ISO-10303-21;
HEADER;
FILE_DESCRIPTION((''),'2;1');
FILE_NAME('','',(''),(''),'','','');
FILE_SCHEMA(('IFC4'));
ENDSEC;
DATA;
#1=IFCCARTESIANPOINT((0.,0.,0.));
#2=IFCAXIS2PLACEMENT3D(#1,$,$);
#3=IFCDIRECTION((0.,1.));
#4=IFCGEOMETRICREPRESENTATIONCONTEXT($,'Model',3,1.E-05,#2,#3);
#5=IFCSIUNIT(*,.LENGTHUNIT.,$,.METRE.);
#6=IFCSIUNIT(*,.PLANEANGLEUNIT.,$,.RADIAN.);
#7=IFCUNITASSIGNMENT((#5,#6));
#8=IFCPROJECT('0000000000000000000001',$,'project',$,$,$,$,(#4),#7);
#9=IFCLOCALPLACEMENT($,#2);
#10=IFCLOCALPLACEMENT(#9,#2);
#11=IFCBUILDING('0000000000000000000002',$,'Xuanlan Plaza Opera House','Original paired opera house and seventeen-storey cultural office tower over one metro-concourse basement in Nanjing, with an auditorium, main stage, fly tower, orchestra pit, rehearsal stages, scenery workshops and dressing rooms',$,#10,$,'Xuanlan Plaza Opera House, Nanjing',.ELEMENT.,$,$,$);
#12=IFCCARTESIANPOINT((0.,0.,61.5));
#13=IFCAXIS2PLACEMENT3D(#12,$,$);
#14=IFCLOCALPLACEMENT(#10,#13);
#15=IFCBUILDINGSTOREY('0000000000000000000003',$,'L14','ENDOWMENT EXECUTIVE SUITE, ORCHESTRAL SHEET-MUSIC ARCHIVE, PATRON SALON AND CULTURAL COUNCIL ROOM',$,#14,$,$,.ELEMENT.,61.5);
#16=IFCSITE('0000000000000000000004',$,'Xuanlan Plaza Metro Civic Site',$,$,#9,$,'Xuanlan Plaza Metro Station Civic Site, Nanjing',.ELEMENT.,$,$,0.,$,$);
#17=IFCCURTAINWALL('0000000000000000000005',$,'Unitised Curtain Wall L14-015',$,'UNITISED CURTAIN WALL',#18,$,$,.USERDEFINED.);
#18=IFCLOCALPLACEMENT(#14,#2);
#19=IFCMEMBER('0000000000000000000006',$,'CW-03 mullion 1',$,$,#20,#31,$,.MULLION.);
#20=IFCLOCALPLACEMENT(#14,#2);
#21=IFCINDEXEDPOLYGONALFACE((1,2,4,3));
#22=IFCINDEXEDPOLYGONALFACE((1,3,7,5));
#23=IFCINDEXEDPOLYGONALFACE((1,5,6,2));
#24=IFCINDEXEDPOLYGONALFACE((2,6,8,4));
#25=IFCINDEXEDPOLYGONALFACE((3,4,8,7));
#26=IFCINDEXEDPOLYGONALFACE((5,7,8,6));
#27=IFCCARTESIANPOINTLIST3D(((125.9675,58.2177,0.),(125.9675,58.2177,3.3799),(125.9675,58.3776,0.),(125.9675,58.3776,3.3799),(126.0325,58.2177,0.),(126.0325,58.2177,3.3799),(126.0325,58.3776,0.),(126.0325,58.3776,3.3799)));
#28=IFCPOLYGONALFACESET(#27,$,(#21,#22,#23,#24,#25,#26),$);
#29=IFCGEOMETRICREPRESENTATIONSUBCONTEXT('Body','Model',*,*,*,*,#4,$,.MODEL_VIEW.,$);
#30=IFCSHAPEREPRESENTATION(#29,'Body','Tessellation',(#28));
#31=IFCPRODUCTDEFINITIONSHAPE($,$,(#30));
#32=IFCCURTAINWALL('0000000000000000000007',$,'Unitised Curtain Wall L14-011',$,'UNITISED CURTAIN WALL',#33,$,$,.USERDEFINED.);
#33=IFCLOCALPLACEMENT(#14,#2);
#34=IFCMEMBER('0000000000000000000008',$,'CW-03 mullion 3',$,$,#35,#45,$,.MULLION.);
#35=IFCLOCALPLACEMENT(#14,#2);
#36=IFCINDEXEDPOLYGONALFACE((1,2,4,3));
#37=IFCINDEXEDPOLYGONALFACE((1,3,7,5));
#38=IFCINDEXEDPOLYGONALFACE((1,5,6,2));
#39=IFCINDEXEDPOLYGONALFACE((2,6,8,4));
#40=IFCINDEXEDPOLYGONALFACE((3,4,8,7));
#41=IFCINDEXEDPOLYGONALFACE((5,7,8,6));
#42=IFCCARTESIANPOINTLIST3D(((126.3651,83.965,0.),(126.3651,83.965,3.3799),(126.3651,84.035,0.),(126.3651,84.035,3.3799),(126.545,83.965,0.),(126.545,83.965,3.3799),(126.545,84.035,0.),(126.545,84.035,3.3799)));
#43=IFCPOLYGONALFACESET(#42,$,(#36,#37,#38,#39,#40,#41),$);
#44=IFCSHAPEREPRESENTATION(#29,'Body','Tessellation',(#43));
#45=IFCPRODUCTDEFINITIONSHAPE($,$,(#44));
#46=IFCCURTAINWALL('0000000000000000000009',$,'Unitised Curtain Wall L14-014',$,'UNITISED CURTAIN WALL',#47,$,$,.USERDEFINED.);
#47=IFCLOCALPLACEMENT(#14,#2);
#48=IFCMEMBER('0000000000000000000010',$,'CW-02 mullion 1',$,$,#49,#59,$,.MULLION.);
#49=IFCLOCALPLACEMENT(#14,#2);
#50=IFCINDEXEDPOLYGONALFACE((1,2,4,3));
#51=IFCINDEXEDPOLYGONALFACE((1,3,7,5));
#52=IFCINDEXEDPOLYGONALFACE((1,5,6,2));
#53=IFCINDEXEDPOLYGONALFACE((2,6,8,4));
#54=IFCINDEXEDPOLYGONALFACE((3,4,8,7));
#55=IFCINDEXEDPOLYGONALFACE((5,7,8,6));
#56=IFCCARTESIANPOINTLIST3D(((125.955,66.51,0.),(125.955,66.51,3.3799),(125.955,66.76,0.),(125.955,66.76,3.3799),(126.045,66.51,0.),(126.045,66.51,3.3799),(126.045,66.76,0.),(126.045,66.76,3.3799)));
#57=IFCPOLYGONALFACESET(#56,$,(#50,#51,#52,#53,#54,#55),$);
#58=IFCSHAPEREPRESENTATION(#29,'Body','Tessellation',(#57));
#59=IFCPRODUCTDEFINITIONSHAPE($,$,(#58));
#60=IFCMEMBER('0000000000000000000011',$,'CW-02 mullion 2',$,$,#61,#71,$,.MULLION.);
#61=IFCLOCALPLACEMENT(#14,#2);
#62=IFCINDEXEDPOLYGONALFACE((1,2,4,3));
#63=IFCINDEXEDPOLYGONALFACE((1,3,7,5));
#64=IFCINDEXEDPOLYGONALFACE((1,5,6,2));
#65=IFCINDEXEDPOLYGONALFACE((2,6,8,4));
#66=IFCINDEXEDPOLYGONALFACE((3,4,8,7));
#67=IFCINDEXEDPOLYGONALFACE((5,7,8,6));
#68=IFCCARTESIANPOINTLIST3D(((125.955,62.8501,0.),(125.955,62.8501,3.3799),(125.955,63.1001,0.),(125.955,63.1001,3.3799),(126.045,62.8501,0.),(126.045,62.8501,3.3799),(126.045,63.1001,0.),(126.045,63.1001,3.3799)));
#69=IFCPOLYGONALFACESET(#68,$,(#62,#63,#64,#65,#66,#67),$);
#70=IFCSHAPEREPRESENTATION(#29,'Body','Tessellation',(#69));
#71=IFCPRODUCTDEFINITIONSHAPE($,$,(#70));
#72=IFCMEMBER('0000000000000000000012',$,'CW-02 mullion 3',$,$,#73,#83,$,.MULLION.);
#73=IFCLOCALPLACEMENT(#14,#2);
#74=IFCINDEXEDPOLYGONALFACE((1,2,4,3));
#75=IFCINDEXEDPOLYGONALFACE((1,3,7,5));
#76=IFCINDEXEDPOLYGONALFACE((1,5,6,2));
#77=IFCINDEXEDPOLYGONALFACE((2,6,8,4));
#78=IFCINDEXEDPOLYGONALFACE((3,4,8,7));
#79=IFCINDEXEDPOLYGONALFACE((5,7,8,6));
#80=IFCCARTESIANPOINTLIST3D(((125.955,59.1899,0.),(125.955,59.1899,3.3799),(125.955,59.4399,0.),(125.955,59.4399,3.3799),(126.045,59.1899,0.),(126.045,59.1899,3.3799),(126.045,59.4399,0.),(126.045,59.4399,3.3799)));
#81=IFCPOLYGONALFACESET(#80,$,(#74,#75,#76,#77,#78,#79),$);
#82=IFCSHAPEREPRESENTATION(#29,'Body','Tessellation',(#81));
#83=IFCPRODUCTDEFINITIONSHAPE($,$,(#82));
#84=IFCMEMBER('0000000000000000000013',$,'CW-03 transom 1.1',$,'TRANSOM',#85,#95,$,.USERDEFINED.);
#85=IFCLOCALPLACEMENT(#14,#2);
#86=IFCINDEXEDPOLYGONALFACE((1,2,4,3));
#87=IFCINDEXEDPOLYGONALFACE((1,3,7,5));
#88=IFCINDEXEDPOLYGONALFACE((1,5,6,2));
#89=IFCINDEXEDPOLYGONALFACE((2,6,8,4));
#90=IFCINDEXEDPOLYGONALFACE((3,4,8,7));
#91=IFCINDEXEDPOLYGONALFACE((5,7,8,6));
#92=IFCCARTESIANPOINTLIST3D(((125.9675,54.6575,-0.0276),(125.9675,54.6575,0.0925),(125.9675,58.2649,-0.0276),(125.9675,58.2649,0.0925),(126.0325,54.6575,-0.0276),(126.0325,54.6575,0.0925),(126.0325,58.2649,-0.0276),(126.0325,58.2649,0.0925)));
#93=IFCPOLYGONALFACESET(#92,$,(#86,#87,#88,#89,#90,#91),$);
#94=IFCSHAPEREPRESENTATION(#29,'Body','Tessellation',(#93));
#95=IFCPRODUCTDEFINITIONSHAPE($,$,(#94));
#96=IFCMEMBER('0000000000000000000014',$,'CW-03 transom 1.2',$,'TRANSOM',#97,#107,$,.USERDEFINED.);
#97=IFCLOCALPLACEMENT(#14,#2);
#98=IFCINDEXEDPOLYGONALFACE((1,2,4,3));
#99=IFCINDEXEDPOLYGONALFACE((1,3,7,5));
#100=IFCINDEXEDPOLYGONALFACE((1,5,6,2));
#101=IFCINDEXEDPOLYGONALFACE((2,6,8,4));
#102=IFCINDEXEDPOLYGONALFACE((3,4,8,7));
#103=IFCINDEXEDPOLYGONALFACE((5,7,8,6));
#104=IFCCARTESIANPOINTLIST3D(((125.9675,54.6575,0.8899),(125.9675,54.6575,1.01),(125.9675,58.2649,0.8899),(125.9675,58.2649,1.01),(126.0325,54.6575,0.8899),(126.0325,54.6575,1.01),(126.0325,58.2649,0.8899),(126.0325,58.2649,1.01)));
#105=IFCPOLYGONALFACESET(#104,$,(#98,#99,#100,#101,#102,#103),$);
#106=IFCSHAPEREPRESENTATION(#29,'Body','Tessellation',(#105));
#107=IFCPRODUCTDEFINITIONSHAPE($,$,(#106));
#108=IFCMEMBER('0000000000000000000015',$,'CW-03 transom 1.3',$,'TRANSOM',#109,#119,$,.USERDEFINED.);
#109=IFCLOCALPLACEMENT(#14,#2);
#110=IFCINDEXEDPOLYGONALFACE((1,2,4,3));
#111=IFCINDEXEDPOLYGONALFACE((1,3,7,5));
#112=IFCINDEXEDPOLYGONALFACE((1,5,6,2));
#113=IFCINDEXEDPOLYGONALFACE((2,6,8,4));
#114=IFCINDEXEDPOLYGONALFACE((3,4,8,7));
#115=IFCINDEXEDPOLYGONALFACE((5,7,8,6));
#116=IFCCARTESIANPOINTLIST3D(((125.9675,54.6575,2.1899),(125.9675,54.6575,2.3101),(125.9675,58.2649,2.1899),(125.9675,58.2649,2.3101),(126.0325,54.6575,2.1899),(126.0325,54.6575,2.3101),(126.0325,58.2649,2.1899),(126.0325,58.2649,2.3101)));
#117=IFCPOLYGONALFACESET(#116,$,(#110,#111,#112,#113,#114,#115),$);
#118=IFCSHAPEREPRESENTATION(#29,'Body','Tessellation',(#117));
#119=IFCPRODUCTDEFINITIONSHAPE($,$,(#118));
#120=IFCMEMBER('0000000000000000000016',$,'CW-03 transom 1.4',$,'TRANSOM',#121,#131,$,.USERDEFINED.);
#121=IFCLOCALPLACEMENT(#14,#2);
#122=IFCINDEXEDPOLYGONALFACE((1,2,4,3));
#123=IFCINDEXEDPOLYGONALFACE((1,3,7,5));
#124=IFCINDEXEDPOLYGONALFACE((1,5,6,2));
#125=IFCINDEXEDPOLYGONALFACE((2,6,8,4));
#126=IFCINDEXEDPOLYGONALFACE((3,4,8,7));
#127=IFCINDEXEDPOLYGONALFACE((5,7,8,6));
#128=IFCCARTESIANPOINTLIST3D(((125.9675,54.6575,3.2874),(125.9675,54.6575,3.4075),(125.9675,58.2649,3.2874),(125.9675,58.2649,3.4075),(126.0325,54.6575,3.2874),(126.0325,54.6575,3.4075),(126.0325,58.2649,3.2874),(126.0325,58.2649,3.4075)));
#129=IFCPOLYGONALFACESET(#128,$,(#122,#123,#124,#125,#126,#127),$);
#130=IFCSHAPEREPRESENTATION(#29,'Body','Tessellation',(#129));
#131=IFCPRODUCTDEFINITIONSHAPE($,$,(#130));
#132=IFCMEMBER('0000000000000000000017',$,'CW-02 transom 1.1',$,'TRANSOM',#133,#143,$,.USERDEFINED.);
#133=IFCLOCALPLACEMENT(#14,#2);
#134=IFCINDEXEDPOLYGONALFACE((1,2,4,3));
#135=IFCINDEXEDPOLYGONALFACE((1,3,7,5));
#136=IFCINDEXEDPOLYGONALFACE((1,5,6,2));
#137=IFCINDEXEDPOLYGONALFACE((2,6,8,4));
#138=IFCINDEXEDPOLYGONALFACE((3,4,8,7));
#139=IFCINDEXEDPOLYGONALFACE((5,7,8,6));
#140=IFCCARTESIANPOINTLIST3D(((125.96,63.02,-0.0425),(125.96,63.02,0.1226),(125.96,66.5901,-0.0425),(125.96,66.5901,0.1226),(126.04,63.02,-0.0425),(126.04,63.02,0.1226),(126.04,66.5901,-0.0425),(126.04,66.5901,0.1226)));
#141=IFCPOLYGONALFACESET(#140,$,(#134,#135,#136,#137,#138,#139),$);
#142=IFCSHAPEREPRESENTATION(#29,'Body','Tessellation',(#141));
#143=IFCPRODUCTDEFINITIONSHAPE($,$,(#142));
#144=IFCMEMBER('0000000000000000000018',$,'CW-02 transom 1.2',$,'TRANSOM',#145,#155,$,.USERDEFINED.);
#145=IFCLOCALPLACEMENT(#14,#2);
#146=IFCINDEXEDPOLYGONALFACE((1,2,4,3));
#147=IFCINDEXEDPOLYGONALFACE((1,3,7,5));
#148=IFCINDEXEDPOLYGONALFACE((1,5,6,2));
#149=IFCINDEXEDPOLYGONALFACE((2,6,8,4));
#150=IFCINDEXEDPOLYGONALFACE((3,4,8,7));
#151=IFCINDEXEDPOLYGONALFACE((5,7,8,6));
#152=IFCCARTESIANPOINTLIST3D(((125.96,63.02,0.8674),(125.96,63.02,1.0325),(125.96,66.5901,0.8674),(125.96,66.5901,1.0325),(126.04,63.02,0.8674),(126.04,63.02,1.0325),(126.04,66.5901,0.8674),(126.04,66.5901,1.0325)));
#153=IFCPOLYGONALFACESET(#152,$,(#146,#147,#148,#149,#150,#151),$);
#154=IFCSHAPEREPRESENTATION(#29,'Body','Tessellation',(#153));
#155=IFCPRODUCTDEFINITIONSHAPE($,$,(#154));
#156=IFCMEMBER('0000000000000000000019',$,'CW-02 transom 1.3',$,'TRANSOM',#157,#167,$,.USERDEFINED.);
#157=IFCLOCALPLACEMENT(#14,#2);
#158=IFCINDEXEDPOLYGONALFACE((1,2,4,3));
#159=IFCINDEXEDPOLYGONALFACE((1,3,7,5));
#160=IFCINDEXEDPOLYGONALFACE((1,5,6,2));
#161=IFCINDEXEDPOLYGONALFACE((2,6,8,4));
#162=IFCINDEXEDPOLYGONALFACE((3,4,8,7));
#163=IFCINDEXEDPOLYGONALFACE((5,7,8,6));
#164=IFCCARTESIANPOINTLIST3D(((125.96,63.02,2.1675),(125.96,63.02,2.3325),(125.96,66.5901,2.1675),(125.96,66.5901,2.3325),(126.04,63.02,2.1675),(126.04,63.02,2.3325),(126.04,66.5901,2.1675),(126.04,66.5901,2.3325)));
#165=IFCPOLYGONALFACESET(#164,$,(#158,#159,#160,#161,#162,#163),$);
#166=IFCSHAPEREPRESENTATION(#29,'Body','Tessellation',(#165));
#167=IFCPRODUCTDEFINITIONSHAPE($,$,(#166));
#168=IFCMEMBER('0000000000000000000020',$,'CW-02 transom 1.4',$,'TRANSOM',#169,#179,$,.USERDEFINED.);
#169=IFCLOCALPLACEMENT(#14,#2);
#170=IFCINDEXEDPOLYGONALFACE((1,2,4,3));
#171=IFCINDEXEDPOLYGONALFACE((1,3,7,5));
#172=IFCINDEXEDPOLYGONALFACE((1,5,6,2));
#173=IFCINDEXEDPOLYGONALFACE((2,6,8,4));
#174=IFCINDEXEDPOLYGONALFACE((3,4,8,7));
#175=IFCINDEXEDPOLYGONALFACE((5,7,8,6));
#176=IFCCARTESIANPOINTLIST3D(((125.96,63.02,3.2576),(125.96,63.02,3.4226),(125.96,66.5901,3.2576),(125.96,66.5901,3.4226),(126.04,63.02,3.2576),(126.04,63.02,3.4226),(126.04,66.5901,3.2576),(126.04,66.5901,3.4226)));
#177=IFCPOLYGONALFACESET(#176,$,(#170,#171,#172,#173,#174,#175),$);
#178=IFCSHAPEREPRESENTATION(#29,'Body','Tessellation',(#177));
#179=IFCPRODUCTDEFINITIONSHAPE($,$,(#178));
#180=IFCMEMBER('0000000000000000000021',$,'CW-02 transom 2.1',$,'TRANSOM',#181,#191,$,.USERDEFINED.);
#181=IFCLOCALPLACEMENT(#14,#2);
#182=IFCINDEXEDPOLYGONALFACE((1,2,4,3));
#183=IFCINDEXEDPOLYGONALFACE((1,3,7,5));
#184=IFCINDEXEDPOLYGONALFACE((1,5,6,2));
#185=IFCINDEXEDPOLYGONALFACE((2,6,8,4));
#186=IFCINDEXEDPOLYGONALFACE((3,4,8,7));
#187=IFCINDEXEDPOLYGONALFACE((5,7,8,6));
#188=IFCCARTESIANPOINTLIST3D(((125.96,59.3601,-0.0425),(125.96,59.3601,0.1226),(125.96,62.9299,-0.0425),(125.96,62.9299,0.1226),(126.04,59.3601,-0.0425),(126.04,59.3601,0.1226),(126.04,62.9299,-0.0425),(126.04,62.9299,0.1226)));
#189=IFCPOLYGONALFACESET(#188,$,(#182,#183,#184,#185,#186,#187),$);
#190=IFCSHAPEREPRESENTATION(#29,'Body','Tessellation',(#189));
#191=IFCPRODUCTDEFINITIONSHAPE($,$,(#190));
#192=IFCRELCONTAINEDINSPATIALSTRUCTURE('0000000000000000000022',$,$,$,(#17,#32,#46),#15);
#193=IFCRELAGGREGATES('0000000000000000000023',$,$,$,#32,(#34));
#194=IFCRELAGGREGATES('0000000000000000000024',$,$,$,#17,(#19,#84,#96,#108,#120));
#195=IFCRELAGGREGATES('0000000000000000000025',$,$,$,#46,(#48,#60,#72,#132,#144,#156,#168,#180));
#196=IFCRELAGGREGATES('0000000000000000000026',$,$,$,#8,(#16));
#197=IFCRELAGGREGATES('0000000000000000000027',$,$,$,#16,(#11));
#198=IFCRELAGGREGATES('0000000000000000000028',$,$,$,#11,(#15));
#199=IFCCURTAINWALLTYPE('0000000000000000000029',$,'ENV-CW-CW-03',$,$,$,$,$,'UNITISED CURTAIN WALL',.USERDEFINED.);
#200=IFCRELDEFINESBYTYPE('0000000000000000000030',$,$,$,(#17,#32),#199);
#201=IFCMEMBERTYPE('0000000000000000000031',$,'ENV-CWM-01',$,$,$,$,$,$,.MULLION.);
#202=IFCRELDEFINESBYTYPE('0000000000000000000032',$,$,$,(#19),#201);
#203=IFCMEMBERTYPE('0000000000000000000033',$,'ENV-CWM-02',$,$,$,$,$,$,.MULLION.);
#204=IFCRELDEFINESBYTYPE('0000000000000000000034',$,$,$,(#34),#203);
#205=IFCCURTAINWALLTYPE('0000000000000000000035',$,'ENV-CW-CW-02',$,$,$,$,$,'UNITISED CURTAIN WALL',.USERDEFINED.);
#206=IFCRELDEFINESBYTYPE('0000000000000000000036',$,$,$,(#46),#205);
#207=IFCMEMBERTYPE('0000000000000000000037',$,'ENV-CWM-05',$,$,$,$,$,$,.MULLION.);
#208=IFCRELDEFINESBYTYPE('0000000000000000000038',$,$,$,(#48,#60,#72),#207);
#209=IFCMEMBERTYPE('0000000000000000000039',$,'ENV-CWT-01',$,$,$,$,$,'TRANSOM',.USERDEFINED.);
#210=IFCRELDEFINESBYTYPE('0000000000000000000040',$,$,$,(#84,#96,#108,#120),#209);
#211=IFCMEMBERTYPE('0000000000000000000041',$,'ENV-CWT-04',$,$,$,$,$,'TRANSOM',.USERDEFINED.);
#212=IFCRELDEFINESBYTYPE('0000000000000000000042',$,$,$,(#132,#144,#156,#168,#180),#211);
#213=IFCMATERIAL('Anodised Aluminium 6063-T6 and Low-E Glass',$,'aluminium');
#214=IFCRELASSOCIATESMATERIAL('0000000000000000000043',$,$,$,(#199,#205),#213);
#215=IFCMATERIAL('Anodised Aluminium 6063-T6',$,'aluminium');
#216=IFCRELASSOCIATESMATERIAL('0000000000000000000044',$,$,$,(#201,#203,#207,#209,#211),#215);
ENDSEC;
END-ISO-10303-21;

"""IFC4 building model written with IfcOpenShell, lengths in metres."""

from ifc_helpers import new_model, si_unit, direction, frame, origin, origin_2d, place, context, subcontext, project, spatial, rectangle, extrude, material, material_profile, profile_set, type_object, element, aggregate, save


model = new_model("IFC4")

# Units and contexts
model_context = context("Model", 3, precision=1e-05, world=origin(), true_north=direction((0.0, 1.0)))
body_context = subcontext(model_context, "Body", "Model", "MODEL_VIEW")
ifc_project = project(units=[si_unit("LENGTHUNIT", "METRE"), si_unit("PLANEANGLEUNIT", "RADIAN")], contexts=[model_context])

# Site, building, storey
site_placement = place(None, origin())
site = spatial("IfcSite", under=ifc_project, at=site_placement, Name="Xuanlan Plaza Metro Civic Site", LongName="Xuanlan Plaza Metro Station Civic Site, Nanjing", CompositionType="ELEMENT", RefElevation=0.0)
building_placement = place(site_placement, origin())
building = spatial("IfcBuilding", under=site, at=building_placement, Name="Xuanlan Plaza Opera House", Description="Original paired opera house and seventeen-storey cultural office tower over one metro-concourse basement in Nanjing, with an auditorium, main stage, fly tower, orchestra pit, rehearsal stages, scenery workshops and dressing rooms", LongName="Xuanlan Plaza Opera House, Nanjing", CompositionType="ELEMENT")
storey_placement = place(building_placement, frame((0.0, 0.0, 61.5)))
storey = spatial("IfcBuildingStorey", under=building, at=storey_placement, Name="L14", Description="ENDOWMENT EXECUTIVE SUITE, ORCHESTRAL SHEET-MUSIC ARCHIVE, PATRON SALON AND CULTURAL COUNCIL ROOM", CompositionType="ELEMENT", Elevation=61.5)

# Curtain walls, members
ifc_material_1 = material(Name="Anodised Aluminium 6063-T6 and Low-E Glass", Category="aluminium")
curtain_wall_type_1 = type_object("IfcCurtainWallType", Name="ENV-CW-CW-03", ElementType="UNITISED CURTAIN WALL", PredefinedType="USERDEFINED", material=ifc_material_1)
curtain_wall_1_placement = place(storey_placement, origin())
curtain_wall_1 = element("IfcCurtainWall", 1, at=curtain_wall_1_placement, inside=storey, type_object=curtain_wall_type_1, Name="Unitised Curtain Wall L14-015", ObjectType="UNITISED CURTAIN WALL", PredefinedType="USERDEFINED")
ifc_material_2 = material(Name="Anodised Aluminium 6063-T6", Category="aluminium")
ifc_material_profile_1 = material_profile(ifc_material_2, rectangle(XDim=0.0649, YDim=0.1599, at=origin_2d()), Name="ALU-M 65x160")
ifc_profile_set_1 = profile_set([ifc_material_profile_1], Name="Anodised Aluminium 6063-T6")
member_type_1 = type_object("IfcMemberType", Name="ENV-CWM-01", PredefinedType="MULLION", material=ifc_profile_set_1)
member_1_placement = place(storey_placement, frame((126.0, 58.2976, 0.0), z_axis=(0.0, 0.0, 1.0), x_axis=(1.0, 0.0, 0.0)))
member_1 = element("IfcMember", 2, at=member_1_placement, type_object=member_type_1, Name="CW-03 mullion 1", PredefinedType="MULLION", context=body_context, shape_type="SweptSolid", body=[
    extrude(rectangle(XDim=0.0649, YDim=0.1599, at=origin_2d()), origin(), (0.0, 0.0, 1.0), 3.3799),
])
curtain_wall_2_placement = place(storey_placement, origin())
curtain_wall_2 = element("IfcCurtainWall", 3, at=curtain_wall_2_placement, inside=storey, type_object=curtain_wall_type_1, Name="Unitised Curtain Wall L14-011", ObjectType="UNITISED CURTAIN WALL", PredefinedType="USERDEFINED")
ifc_material_profile_2 = material_profile(ifc_material_2, rectangle(XDim=0.0701, YDim=0.1799, at=origin_2d()), Name="ALU-M 70x180")
ifc_profile_set_2 = profile_set([ifc_material_profile_2], Name="Anodised Aluminium 6063-T6")
member_type_2 = type_object("IfcMemberType", Name="ENV-CWM-02", PredefinedType="MULLION", material=ifc_profile_set_2)
member_2_placement = place(storey_placement, frame((126.4551, 84.0, 0.0), z_axis=(0.0, 0.0, 1.0), x_axis=(0.0, -1.0, 0.0)))
member_2 = element("IfcMember", 4, at=member_2_placement, type_object=member_type_2, Name="CW-03 mullion 3", PredefinedType="MULLION", context=body_context, shape_type="SweptSolid", body=[
    extrude(rectangle(XDim=0.0701, YDim=0.1799, at=origin_2d()), origin(), (0.0, 0.0, 1.0), 3.3799),
])
aggregate(curtain_wall_2, [member_2])

# Curtain wall, members
curtain_wall_type_2 = type_object("IfcCurtainWallType", Name="ENV-CW-CW-02", ElementType="UNITISED CURTAIN WALL", PredefinedType="USERDEFINED", material=ifc_material_1)
curtain_wall_3_placement = place(storey_placement, origin())
curtain_wall_3 = element("IfcCurtainWall", 5, at=curtain_wall_3_placement, inside=storey, type_object=curtain_wall_type_2, Name="Unitised Curtain Wall L14-014", ObjectType="UNITISED CURTAIN WALL", PredefinedType="USERDEFINED")
ifc_material_profile_3 = material_profile(ifc_material_2, rectangle(XDim=0.0901, YDim=0.25, at=origin_2d()), Name="ALU-M 90x250")
ifc_profile_set_3 = profile_set([ifc_material_profile_3], Name="Anodised Aluminium 6063-T6")
member_type_3 = type_object("IfcMemberType", Name="ENV-CWM-05", PredefinedType="MULLION", material=ifc_profile_set_3)
member_3_placement = place(storey_placement, frame((126.0, 66.635, 0.0), z_axis=(0.0, 0.0, 1.0), x_axis=(1.0, 0.0, 0.0)))
member_3 = element("IfcMember", 6, at=member_3_placement, type_object=member_type_3, Name="CW-02 mullion 1", PredefinedType="MULLION", context=body_context, shape_type="SweptSolid", body=[
    extrude(rectangle(XDim=0.0901, YDim=0.25, at=origin_2d()), origin(), (0.0, 0.0, 1.0), 3.3799),
])
member_4_placement = place(storey_placement, frame((126.0, 62.9751, 0.0), z_axis=(0.0, 0.0, 1.0), x_axis=(1.0, 0.0, 0.0)))
member_4 = element("IfcMember", 7, at=member_4_placement, type_object=member_type_3, Name="CW-02 mullion 2", PredefinedType="MULLION", context=body_context, shape_type="SweptSolid", body=[
    extrude(rectangle(XDim=0.0901, YDim=0.25, at=origin_2d()), origin(), (0.0, 0.0, 1.0), 3.3799),
])
member_5_placement = place(storey_placement, frame((126.0, 59.3149, 0.0), z_axis=(0.0, 0.0, 1.0), x_axis=(1.0, 0.0, 0.0)))
member_5 = element("IfcMember", 8, at=member_5_placement, type_object=member_type_3, Name="CW-02 mullion 3", PredefinedType="MULLION", context=body_context, shape_type="SweptSolid", body=[
    extrude(rectangle(XDim=0.0901, YDim=0.25, at=origin_2d()), origin(), (0.0, 0.0, 1.0), 3.3799),
])

# Members
ifc_material_profile_4 = material_profile(ifc_material_2, rectangle(XDim=0.0649, YDim=0.1201, at=origin_2d()), Name="ALU-T 65x120")
ifc_profile_set_4 = profile_set([ifc_material_profile_4], Name="Anodised Aluminium 6063-T6")
member_type_4 = type_object("IfcMemberType", Name="ENV-CWT-01", ElementType="TRANSOM", PredefinedType="USERDEFINED", material=ifc_profile_set_4)
member_6_placement = place(storey_placement, frame((126.0, 58.2649, 0.0325), z_axis=(0.0, -1.0, 0.0), x_axis=(1.0, 0.0, 0.0)))
member_6 = element("IfcMember", 9, at=member_6_placement, type_object=member_type_4, Name="CW-03 transom 1.1", ObjectType="TRANSOM", PredefinedType="USERDEFINED", context=body_context, shape_type="SweptSolid", body=[
    extrude(rectangle(XDim=0.0649, YDim=0.1201, at=origin_2d()), origin(), (0.0, 0.0, 1.0), 3.6074),
])
member_7_placement = place(storey_placement, frame((126.0, 58.2649, 0.95), z_axis=(0.0, -1.0, 0.0), x_axis=(1.0, 0.0, 0.0)))
member_7 = element("IfcMember", 10, at=member_7_placement, type_object=member_type_4, Name="CW-03 transom 1.2", ObjectType="TRANSOM", PredefinedType="USERDEFINED", context=body_context, shape_type="SweptSolid", body=[
    extrude(rectangle(XDim=0.0649, YDim=0.1201, at=origin_2d()), origin(), (0.0, 0.0, 1.0), 3.6074),
])
member_8_placement = place(storey_placement, frame((126.0, 58.2649, 2.25), z_axis=(0.0, -1.0, 0.0), x_axis=(1.0, 0.0, 0.0)))
member_8 = element("IfcMember", 11, at=member_8_placement, type_object=member_type_4, Name="CW-03 transom 1.3", ObjectType="TRANSOM", PredefinedType="USERDEFINED", context=body_context, shape_type="SweptSolid", body=[
    extrude(rectangle(XDim=0.0649, YDim=0.1201, at=origin_2d()), origin(), (0.0, 0.0, 1.0), 3.6074),
])
member_9_placement = place(storey_placement, frame((126.0, 58.2649, 3.3474), z_axis=(0.0, -1.0, 0.0), x_axis=(1.0, 0.0, 0.0)))
member_9 = element("IfcMember", 12, at=member_9_placement, type_object=member_type_4, Name="CW-03 transom 1.4", ObjectType="TRANSOM", PredefinedType="USERDEFINED", context=body_context, shape_type="SweptSolid", body=[
    extrude(rectangle(XDim=0.0649, YDim=0.1201, at=origin_2d()), origin(), (0.0, 0.0, 1.0), 3.6074),
])
aggregate(curtain_wall_1, [member_1, member_6, member_7, member_8, member_9])
ifc_material_profile_5 = material_profile(ifc_material_2, rectangle(XDim=0.0801, YDim=0.165, at=origin_2d()), Name="ALU-T 80x165")
ifc_profile_set_5 = profile_set([ifc_material_profile_5], Name="Anodised Aluminium 6063-T6")
member_type_5 = type_object("IfcMemberType", Name="ENV-CWT-04", ElementType="TRANSOM", PredefinedType="USERDEFINED", material=ifc_profile_set_5)
member_10_placement = place(storey_placement, frame((126.0, 66.5901, 0.04), z_axis=(0.0, -1.0, 0.0), x_axis=(1.0, 0.0, 0.0)))
member_10 = element("IfcMember", 13, at=member_10_placement, type_object=member_type_5, Name="CW-02 transom 1.1", ObjectType="TRANSOM", PredefinedType="USERDEFINED", context=body_context, shape_type="SweptSolid", body=[
    extrude(rectangle(XDim=0.0801, YDim=0.165, at=origin_2d()), origin(), (0.0, 0.0, 1.0), 3.5701),
])
member_11_placement = place(storey_placement, frame((126.0, 66.5901, 0.95), z_axis=(0.0, -1.0, 0.0), x_axis=(1.0, 0.0, 0.0)))
member_11 = element("IfcMember", 14, at=member_11_placement, type_object=member_type_5, Name="CW-02 transom 1.2", ObjectType="TRANSOM", PredefinedType="USERDEFINED", context=body_context, shape_type="SweptSolid", body=[
    extrude(rectangle(XDim=0.0801, YDim=0.165, at=origin_2d()), origin(), (0.0, 0.0, 1.0), 3.5701),
])
member_12_placement = place(storey_placement, frame((126.0, 66.5901, 2.25), z_axis=(0.0, -1.0, 0.0), x_axis=(1.0, 0.0, 0.0)))
member_12 = element("IfcMember", 15, at=member_12_placement, type_object=member_type_5, Name="CW-02 transom 1.3", ObjectType="TRANSOM", PredefinedType="USERDEFINED", context=body_context, shape_type="SweptSolid", body=[
    extrude(rectangle(XDim=0.0801, YDim=0.165, at=origin_2d()), origin(), (0.0, 0.0, 1.0), 3.5701),
])
member_13_placement = place(storey_placement, frame((126.0, 66.5901, 3.3401), z_axis=(0.0, -1.0, 0.0), x_axis=(1.0, 0.0, 0.0)))
member_13 = element("IfcMember", 16, at=member_13_placement, type_object=member_type_5, Name="CW-02 transom 1.4", ObjectType="TRANSOM", PredefinedType="USERDEFINED", context=body_context, shape_type="SweptSolid", body=[
    extrude(rectangle(XDim=0.0801, YDim=0.165, at=origin_2d()), origin(), (0.0, 0.0, 1.0), 3.5701),
])
member_14_placement = place(storey_placement, frame((126.0, 62.9299, 0.04), z_axis=(0.0, -1.0, 0.0), x_axis=(1.0, 0.0, 0.0)))
member_14 = element("IfcMember", 17, at=member_14_placement, type_object=member_type_5, Name="CW-02 transom 2.1", ObjectType="TRANSOM", PredefinedType="USERDEFINED", context=body_context, shape_type="SweptSolid", body=[
    extrude(rectangle(XDim=0.0801, YDim=0.165, at=origin_2d()), origin(), (0.0, 0.0, 1.0), 3.5698),
])

aggregate(curtain_wall_3, [member_3, member_4, member_5, member_10, member_11, member_12, member_13, member_14])

save(model, "model.ifc")
